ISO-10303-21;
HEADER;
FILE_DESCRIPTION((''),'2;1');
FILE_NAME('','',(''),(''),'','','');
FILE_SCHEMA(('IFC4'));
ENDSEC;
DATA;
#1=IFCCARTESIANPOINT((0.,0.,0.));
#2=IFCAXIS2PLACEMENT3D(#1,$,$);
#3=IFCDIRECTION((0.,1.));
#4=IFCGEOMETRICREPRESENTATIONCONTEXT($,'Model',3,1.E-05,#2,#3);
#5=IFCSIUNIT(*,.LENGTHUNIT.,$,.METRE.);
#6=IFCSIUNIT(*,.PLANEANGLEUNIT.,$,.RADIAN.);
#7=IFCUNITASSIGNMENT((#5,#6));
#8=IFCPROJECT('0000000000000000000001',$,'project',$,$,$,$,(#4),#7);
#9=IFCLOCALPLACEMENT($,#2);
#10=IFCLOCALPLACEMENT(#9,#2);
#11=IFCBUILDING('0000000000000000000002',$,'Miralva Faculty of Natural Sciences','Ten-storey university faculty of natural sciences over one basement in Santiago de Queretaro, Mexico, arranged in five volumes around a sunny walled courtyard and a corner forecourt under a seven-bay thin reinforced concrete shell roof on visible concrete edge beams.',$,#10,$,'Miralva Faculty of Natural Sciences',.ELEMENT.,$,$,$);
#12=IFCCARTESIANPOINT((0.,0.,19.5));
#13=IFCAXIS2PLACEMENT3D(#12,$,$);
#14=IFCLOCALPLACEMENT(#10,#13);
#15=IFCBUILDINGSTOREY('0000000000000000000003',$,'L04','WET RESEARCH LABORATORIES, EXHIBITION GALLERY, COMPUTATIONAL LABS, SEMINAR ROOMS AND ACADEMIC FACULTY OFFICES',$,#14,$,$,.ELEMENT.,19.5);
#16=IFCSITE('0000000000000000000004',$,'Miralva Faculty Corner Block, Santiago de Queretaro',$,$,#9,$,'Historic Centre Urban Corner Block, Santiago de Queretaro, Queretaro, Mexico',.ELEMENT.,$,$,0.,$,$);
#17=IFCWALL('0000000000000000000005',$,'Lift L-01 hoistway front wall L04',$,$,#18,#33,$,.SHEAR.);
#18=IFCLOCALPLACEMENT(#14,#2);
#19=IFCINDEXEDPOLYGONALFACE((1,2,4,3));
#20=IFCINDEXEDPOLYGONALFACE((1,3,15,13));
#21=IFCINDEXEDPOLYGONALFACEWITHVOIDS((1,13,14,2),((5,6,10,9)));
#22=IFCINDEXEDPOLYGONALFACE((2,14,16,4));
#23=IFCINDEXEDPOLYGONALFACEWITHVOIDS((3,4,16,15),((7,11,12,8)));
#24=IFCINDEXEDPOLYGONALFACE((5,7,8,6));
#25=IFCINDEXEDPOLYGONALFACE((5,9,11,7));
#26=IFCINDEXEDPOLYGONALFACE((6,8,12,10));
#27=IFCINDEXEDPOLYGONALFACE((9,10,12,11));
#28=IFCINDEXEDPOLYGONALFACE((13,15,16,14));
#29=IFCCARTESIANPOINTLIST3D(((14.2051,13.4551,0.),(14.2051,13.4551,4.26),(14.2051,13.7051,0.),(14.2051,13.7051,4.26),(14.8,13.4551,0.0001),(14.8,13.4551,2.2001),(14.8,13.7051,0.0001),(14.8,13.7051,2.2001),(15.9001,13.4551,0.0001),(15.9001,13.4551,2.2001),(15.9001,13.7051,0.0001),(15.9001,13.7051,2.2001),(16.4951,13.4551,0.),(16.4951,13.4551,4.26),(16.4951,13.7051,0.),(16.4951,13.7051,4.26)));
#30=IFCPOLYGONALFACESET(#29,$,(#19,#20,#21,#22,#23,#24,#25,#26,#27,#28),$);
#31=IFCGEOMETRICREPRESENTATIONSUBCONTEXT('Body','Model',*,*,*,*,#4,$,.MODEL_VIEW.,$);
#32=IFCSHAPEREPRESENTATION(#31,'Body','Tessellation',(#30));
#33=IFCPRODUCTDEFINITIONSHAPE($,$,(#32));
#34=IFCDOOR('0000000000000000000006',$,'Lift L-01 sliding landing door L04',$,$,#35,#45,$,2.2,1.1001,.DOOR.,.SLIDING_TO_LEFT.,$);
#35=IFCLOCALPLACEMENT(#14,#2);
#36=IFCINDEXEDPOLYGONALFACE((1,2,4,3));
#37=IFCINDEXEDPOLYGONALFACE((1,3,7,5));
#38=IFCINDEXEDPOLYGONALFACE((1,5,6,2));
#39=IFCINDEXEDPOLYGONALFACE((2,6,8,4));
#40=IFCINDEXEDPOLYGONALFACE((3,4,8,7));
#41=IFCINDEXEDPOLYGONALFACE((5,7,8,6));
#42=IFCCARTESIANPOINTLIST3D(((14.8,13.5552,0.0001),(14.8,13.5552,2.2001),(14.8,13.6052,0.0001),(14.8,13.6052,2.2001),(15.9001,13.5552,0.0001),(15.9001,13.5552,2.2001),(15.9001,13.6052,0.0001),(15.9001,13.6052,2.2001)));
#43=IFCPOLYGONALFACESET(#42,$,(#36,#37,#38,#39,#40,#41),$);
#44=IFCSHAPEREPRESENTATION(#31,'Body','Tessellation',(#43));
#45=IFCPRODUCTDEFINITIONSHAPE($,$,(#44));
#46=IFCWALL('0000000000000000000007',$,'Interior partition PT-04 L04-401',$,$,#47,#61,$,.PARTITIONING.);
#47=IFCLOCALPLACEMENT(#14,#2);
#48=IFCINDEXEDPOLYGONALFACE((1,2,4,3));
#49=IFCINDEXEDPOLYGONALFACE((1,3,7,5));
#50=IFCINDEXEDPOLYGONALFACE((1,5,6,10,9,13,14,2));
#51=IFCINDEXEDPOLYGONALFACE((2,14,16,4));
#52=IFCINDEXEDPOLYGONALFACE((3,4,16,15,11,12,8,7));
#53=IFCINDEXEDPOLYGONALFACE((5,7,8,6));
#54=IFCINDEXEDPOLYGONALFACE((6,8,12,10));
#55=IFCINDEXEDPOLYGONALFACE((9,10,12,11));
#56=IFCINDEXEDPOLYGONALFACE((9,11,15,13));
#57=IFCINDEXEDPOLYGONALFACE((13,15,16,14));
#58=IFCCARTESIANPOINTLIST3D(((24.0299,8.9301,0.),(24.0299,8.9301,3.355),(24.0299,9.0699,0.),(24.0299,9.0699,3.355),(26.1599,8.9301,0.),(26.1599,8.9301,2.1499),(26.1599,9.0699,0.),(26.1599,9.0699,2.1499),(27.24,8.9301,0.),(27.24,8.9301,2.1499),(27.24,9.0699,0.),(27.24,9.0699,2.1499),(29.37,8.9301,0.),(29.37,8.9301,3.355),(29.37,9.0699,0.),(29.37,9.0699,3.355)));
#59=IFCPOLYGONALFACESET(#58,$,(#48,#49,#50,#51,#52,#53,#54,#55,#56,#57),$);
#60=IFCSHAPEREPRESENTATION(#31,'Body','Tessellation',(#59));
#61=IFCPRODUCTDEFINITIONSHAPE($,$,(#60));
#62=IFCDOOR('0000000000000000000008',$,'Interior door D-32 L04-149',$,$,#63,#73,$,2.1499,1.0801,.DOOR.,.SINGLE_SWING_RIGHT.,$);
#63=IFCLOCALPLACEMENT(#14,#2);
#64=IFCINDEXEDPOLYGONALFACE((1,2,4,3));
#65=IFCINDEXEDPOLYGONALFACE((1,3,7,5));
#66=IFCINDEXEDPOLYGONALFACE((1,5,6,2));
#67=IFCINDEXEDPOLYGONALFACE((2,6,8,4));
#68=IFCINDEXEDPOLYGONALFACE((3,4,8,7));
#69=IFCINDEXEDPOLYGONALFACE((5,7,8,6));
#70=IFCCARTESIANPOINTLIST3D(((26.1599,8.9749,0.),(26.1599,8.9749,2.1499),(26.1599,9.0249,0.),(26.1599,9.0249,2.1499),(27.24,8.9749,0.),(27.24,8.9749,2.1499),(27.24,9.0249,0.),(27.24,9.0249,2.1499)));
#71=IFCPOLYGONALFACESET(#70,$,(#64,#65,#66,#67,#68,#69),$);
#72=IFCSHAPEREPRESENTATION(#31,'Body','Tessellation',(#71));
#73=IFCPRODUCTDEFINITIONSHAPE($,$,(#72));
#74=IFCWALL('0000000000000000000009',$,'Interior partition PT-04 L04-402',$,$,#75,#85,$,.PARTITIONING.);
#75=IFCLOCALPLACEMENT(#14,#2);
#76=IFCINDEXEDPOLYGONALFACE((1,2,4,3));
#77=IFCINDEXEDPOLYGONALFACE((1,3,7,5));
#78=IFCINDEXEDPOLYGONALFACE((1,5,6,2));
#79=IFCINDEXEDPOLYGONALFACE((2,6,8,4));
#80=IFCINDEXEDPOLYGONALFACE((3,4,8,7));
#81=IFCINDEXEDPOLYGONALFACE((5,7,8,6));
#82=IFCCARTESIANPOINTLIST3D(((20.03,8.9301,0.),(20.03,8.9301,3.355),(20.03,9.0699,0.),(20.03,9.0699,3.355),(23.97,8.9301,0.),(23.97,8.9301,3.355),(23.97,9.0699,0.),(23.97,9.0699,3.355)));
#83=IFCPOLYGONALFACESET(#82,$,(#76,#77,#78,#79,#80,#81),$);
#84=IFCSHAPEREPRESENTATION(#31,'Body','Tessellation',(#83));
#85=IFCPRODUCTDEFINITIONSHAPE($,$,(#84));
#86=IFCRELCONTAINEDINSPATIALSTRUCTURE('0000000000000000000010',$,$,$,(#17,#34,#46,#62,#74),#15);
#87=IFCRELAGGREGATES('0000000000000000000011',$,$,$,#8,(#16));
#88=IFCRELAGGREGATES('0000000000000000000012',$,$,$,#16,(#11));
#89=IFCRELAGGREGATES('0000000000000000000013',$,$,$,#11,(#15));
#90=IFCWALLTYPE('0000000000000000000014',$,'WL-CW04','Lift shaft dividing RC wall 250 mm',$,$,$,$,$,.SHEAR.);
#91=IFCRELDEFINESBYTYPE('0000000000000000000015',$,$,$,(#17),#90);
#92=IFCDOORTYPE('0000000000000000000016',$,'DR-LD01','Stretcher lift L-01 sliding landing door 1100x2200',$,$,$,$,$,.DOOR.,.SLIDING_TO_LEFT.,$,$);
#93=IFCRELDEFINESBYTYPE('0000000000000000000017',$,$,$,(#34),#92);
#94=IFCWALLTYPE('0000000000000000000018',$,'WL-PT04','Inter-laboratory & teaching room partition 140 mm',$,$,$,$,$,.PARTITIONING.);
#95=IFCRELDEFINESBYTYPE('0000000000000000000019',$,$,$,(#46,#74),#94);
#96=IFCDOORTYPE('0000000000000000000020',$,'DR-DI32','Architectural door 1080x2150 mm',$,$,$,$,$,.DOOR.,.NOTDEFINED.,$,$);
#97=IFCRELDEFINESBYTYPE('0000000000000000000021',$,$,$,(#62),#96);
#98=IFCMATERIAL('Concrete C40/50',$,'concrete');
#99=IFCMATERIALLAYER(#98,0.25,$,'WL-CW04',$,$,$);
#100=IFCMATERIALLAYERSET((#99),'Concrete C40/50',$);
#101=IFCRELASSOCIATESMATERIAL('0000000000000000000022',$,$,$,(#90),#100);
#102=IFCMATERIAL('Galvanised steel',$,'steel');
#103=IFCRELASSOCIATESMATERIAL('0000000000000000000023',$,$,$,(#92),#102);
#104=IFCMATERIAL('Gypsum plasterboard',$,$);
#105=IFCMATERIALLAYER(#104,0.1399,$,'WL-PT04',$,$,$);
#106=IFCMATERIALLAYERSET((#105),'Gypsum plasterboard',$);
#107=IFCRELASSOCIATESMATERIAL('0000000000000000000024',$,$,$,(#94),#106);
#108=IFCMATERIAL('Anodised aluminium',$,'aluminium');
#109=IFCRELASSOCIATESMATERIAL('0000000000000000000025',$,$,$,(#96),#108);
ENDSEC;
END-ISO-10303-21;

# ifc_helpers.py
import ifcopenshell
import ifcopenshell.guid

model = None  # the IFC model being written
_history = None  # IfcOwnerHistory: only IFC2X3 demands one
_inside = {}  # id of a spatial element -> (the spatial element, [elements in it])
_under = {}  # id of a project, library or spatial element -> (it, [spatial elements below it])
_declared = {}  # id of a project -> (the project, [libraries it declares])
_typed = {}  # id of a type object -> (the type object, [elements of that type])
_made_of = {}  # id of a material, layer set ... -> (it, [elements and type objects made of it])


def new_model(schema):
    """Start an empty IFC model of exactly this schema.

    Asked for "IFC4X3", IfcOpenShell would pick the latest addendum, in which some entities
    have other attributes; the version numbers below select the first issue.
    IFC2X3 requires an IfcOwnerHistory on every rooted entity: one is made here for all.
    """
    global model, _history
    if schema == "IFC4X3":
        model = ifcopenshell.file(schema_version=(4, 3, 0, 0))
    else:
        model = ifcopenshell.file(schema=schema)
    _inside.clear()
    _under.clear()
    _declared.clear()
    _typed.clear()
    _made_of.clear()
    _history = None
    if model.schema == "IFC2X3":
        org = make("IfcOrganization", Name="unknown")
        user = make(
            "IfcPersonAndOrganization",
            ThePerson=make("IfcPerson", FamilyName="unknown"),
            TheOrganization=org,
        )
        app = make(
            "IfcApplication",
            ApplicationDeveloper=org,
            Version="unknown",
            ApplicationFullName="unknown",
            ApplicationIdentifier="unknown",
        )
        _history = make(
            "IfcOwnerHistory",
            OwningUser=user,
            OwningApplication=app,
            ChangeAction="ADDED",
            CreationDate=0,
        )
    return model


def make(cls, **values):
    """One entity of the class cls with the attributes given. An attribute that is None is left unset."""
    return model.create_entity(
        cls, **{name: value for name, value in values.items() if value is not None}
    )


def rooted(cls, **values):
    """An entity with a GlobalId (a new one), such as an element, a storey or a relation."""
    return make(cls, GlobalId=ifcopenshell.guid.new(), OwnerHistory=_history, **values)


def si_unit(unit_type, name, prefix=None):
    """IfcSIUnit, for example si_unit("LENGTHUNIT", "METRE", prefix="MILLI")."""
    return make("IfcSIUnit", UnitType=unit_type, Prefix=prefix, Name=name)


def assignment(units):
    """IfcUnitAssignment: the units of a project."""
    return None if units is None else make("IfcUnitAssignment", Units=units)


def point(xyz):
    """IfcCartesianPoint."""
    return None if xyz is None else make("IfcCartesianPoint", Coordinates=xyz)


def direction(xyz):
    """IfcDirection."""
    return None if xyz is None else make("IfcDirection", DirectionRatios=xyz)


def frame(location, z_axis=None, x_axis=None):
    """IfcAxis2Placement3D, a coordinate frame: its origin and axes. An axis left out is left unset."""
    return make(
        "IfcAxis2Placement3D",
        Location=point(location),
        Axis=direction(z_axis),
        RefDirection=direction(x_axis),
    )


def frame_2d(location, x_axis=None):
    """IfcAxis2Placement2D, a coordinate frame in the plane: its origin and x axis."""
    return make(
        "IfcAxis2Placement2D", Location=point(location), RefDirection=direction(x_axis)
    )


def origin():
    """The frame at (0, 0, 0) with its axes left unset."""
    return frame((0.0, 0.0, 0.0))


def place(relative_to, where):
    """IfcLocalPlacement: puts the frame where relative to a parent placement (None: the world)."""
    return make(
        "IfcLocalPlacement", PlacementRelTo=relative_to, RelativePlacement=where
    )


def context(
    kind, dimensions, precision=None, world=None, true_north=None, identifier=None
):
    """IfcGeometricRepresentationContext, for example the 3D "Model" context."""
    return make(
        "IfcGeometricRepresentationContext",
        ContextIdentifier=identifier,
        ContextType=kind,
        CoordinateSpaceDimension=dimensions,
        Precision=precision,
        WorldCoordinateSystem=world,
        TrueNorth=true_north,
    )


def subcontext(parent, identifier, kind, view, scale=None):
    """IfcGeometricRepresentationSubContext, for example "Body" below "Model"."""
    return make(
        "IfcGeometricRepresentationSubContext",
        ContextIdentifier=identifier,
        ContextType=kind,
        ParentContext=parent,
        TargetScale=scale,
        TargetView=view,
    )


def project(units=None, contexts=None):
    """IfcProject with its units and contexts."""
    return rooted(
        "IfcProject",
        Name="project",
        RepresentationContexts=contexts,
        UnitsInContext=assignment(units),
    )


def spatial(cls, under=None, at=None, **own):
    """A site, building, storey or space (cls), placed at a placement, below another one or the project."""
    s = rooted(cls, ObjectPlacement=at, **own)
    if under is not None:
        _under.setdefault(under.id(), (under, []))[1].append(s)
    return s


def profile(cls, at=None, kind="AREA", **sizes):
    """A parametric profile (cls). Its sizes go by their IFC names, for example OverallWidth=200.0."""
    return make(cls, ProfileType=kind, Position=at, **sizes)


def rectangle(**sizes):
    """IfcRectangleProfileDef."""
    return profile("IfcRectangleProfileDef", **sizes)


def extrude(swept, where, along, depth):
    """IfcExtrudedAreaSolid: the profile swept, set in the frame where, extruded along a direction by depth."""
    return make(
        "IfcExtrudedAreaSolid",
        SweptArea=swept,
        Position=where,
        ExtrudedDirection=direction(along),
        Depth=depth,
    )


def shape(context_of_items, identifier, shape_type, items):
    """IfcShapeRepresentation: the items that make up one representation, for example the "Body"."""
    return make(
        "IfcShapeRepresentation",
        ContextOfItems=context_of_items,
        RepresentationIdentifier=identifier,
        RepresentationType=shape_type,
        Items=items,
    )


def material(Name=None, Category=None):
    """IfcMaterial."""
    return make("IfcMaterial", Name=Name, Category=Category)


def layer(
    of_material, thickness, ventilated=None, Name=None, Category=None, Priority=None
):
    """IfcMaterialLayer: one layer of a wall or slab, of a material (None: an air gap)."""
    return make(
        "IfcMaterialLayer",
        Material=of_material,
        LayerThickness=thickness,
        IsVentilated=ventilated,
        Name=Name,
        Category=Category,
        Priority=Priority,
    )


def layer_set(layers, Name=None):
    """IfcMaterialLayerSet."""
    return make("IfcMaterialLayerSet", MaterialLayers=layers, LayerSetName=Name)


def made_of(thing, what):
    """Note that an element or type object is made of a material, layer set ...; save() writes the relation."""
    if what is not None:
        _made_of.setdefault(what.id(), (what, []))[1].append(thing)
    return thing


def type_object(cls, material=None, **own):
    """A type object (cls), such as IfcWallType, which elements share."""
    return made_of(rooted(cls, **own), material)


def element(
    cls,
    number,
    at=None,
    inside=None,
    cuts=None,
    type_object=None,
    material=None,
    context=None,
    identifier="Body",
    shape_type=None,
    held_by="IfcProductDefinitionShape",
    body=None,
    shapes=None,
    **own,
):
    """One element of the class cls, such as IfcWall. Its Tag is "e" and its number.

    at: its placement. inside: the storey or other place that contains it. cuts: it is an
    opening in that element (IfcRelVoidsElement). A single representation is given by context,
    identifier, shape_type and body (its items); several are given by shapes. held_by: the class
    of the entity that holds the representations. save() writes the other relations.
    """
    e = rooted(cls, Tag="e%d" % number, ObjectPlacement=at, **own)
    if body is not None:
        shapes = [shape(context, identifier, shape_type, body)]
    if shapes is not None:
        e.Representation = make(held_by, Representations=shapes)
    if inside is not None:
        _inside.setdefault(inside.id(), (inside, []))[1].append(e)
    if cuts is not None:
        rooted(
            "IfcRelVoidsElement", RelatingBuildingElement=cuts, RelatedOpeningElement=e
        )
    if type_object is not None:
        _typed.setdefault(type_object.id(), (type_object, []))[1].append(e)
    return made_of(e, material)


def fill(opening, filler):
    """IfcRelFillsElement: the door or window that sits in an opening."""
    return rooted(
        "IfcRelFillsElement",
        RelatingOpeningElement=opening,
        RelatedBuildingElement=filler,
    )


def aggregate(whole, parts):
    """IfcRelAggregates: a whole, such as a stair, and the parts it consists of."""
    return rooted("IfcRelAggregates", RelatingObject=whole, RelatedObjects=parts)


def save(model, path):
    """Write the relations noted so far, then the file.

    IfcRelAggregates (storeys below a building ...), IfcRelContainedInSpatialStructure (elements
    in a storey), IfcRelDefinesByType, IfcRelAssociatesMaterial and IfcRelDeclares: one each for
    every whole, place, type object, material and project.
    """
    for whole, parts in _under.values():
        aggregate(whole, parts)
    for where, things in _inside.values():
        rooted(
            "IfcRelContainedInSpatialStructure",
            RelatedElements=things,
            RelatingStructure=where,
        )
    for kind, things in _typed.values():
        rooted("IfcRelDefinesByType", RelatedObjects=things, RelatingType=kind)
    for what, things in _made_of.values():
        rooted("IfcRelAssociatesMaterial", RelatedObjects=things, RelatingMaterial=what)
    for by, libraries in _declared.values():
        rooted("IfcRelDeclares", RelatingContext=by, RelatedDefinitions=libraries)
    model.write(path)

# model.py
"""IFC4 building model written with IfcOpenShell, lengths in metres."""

from ifc_helpers import new_model, si_unit, direction, frame, frame_2d, origin, place, context, subcontext, project, spatial, rectangle, extrude, material, layer, layer_set, type_object, element, fill, save


model = new_model("IFC4")

# Units and contexts
model_context = context("Model", 3, precision=1e-05, world=origin(), true_north=direction((0.0, 1.0)))
body_context = subcontext(model_context, "Body", "Model", "MODEL_VIEW")
ifc_project = project(units=[si_unit("LENGTHUNIT", "METRE"), si_unit("PLANEANGLEUNIT", "RADIAN")], contexts=[model_context])

# Site, building, storey
site_placement = place(None, origin())
site = spatial("IfcSite", under=ifc_project, at=site_placement, Name="Miralva Faculty Corner Block, Santiago de Queretaro", LongName="Historic Centre Urban Corner Block, Santiago de Queretaro, Queretaro, Mexico", CompositionType="ELEMENT", RefElevation=0.0)
building_placement = place(site_placement, origin())
building = spatial("IfcBuilding", under=site, at=building_placement, Name="Miralva Faculty of Natural Sciences", Description="Ten-storey university faculty of natural sciences over one basement in Santiago de Queretaro, Mexico, arranged in five volumes around a sunny walled courtyard and a corner forecourt under a seven-bay thin reinforced concrete shell roof on visible concrete edge beams.", LongName="Miralva Faculty of Natural Sciences", CompositionType="ELEMENT")
storey_placement = place(building_placement, frame((0.0, 0.0, 19.5)))
storey = spatial("IfcBuildingStorey", under=building, at=storey_placement, Name="L04", Description="WET RESEARCH LABORATORIES, EXHIBITION GALLERY, COMPUTATIONAL LABS, SEMINAR ROOMS AND ACADEMIC FACULTY OFFICES", CompositionType="ELEMENT", Elevation=19.5)

# Shared definitions
ifc_material_1 = material(Name="Concrete C40/50", Category="concrete")

# Shared definitions
ifc_material_2 = material(Name="Galvanised steel", Category="steel")

# Walls, openings, doors
ifc_layer_1 = layer(ifc_material_1, 0.25, Name="WL-CW04")
ifc_layer_set_1 = layer_set([ifc_layer_1], Name="Concrete C40/50")
wall_type_1 = type_object("IfcWallType", Name="WL-CW04", Description="Lift shaft dividing RC wall 250 mm", PredefinedType="SHEAR", material=ifc_layer_set_1)
wall_1_placement = place(storey_placement, frame((14.2051, 13.5801, 0.0), z_axis=(0.0, 0.0, 1.0), x_axis=(1.0, 0.0, 0.0)))
wall_1 = element("IfcWall", 1, at=wall_1_placement, inside=storey, type_object=wall_type_1, Name="Lift L-01 hoistway front wall L04", PredefinedType="SHEAR", context=body_context, shape_type="SweptSolid", body=[
    extrude(rectangle(XDim=2.29, YDim=0.25, at=frame_2d((1.145, 0.0))), origin(), (0.0, 0.0, 1.0), 4.26),
])
opening_1_placement = place(wall_1_placement, frame((0.595, 0.0, 0.0)))
opening_1 = element("IfcOpeningElement", 2, at=opening_1_placement, cuts=wall_1, PredefinedType="OPENING", context=body_context, shape_type="SweptSolid", body=[
    extrude(rectangle(XDim=1.1001, YDim=2.2, at=frame_2d((0.55, 1.1001))), frame((0.0, 0.135, 0.0), z_axis=(0.0, -1.0, 0.0), x_axis=(1.0, 0.0, 0.0)), (0.0, 0.0, 1.0), 0.27),
])
door_type_1 = type_object("IfcDoorType", Name="DR-LD01", Description="Stretcher lift L-01 sliding landing door 1100x2200", OperationType="SLIDING_TO_LEFT", PredefinedType="DOOR", material=ifc_material_2)
door_1_placement = place(opening_1_placement, frame((1.1001, 0.0, 0.0), z_axis=(0.0, 0.0, 1.0), x_axis=(-1.0, 0.0, 0.0)))
door_1 = element("IfcDoor", 3, at=door_1_placement, inside=storey, type_object=door_type_1, Name="Lift L-01 sliding landing door L04", OperationType="SLIDING_TO_LEFT", OverallHeight=2.2, OverallWidth=1.1001, PredefinedType="DOOR", context=body_context, shape_type="SweptSolid", body=[
    extrude(rectangle(XDim=1.1001, YDim=2.2, at=frame_2d((0.55, 1.1001))), frame((0.0, 0.0249, 0.0), z_axis=(0.0, -1.0, 0.0), x_axis=(1.0, 0.0, 0.0)), (0.0, 0.0, 1.0), 0.05),
])
fill(opening_1, door_1)
ifc_material_3 = material(Name="Gypsum plasterboard")
ifc_layer_2 = layer(ifc_material_3, 0.1399, Name="WL-PT04")
ifc_layer_set_2 = layer_set([ifc_layer_2], Name="Gypsum plasterboard")
wall_type_2 = type_object("IfcWallType", Name="WL-PT04", Description="Inter-laboratory & teaching room partition 140 mm", PredefinedType="PARTITIONING", material=ifc_layer_set_2)
wall_2_placement = place(storey_placement, frame((24.03, 9.0, 0.0), z_axis=(0.0, 0.0, 1.0), x_axis=(1.0, 0.0, 0.0)))
wall_2 = element("IfcWall", 4, at=wall_2_placement, inside=storey, type_object=wall_type_2, Name="Interior partition PT-04 L04-401", PredefinedType="PARTITIONING", context=body_context, shape_type="SweptSolid", body=[
    extrude(rectangle(XDim=5.3401, YDim=0.1399, at=frame_2d((2.6699, 0.0))), origin(), (0.0, 0.0, 1.0), 3.355),
])
opening_2_placement = place(wall_2_placement, frame((2.1299, 0.0, 0.0)))
opening_2 = element("IfcOpeningElement", 5, at=opening_2_placement, cuts=wall_2, PredefinedType="OPENING", context=body_context, shape_type="SweptSolid", body=[
    extrude(rectangle(XDim=1.0801, YDim=2.1499, at=frame_2d((0.54, 1.075))), frame((0.0, 0.0798, 0.0), z_axis=(0.0, -1.0, 0.0), x_axis=(1.0, 0.0, 0.0)), (0.0, 0.0, 1.0), 0.1599),
])
ifc_material_4 = material(Name="Anodised aluminium", Category="aluminium")
door_type_2 = type_object("IfcDoorType", Name="DR-DI32", Description="Architectural door 1080x2150 mm", OperationType="NOTDEFINED", PredefinedType="DOOR", material=ifc_material_4)
door_2_placement = place(opening_2_placement, origin())
door_2 = element("IfcDoor", 6, at=door_2_placement, inside=storey, type_object=door_type_2, Name="Interior door D-32 L04-149", OperationType="SINGLE_SWING_RIGHT", OverallHeight=2.1499, OverallWidth=1.0801, PredefinedType="DOOR", context=body_context, shape_type="SweptSolid", body=[
    extrude(rectangle(XDim=1.0801, YDim=2.1499, at=frame_2d((0.54, 1.075))), frame((0.0, 0.0249, 0.0), z_axis=(0.0, -1.0, 0.0), x_axis=(1.0, 0.0, 0.0)), (0.0, 0.0, 1.0), 0.05),
])
fill(opening_2, door_2)

# Wall
wall_3_placement = place(storey_placement, frame((20.03, 9.0, 0.0), z_axis=(0.0, 0.0, 1.0), x_axis=(1.0, 0.0, 0.0)))
element("IfcWall", 7, at=wall_3_placement, inside=storey, type_object=wall_type_2, Name="Interior partition PT-04 L04-402", PredefinedType="PARTITIONING", context=body_context, shape_type="SweptSolid", body=[
    extrude(rectangle(XDim=3.9399, YDim=0.1399, at=frame_2d((1.97, 0.0))), origin(), (0.0, 0.0, 1.0), 3.355),
])

save(model, "model.ifc")
